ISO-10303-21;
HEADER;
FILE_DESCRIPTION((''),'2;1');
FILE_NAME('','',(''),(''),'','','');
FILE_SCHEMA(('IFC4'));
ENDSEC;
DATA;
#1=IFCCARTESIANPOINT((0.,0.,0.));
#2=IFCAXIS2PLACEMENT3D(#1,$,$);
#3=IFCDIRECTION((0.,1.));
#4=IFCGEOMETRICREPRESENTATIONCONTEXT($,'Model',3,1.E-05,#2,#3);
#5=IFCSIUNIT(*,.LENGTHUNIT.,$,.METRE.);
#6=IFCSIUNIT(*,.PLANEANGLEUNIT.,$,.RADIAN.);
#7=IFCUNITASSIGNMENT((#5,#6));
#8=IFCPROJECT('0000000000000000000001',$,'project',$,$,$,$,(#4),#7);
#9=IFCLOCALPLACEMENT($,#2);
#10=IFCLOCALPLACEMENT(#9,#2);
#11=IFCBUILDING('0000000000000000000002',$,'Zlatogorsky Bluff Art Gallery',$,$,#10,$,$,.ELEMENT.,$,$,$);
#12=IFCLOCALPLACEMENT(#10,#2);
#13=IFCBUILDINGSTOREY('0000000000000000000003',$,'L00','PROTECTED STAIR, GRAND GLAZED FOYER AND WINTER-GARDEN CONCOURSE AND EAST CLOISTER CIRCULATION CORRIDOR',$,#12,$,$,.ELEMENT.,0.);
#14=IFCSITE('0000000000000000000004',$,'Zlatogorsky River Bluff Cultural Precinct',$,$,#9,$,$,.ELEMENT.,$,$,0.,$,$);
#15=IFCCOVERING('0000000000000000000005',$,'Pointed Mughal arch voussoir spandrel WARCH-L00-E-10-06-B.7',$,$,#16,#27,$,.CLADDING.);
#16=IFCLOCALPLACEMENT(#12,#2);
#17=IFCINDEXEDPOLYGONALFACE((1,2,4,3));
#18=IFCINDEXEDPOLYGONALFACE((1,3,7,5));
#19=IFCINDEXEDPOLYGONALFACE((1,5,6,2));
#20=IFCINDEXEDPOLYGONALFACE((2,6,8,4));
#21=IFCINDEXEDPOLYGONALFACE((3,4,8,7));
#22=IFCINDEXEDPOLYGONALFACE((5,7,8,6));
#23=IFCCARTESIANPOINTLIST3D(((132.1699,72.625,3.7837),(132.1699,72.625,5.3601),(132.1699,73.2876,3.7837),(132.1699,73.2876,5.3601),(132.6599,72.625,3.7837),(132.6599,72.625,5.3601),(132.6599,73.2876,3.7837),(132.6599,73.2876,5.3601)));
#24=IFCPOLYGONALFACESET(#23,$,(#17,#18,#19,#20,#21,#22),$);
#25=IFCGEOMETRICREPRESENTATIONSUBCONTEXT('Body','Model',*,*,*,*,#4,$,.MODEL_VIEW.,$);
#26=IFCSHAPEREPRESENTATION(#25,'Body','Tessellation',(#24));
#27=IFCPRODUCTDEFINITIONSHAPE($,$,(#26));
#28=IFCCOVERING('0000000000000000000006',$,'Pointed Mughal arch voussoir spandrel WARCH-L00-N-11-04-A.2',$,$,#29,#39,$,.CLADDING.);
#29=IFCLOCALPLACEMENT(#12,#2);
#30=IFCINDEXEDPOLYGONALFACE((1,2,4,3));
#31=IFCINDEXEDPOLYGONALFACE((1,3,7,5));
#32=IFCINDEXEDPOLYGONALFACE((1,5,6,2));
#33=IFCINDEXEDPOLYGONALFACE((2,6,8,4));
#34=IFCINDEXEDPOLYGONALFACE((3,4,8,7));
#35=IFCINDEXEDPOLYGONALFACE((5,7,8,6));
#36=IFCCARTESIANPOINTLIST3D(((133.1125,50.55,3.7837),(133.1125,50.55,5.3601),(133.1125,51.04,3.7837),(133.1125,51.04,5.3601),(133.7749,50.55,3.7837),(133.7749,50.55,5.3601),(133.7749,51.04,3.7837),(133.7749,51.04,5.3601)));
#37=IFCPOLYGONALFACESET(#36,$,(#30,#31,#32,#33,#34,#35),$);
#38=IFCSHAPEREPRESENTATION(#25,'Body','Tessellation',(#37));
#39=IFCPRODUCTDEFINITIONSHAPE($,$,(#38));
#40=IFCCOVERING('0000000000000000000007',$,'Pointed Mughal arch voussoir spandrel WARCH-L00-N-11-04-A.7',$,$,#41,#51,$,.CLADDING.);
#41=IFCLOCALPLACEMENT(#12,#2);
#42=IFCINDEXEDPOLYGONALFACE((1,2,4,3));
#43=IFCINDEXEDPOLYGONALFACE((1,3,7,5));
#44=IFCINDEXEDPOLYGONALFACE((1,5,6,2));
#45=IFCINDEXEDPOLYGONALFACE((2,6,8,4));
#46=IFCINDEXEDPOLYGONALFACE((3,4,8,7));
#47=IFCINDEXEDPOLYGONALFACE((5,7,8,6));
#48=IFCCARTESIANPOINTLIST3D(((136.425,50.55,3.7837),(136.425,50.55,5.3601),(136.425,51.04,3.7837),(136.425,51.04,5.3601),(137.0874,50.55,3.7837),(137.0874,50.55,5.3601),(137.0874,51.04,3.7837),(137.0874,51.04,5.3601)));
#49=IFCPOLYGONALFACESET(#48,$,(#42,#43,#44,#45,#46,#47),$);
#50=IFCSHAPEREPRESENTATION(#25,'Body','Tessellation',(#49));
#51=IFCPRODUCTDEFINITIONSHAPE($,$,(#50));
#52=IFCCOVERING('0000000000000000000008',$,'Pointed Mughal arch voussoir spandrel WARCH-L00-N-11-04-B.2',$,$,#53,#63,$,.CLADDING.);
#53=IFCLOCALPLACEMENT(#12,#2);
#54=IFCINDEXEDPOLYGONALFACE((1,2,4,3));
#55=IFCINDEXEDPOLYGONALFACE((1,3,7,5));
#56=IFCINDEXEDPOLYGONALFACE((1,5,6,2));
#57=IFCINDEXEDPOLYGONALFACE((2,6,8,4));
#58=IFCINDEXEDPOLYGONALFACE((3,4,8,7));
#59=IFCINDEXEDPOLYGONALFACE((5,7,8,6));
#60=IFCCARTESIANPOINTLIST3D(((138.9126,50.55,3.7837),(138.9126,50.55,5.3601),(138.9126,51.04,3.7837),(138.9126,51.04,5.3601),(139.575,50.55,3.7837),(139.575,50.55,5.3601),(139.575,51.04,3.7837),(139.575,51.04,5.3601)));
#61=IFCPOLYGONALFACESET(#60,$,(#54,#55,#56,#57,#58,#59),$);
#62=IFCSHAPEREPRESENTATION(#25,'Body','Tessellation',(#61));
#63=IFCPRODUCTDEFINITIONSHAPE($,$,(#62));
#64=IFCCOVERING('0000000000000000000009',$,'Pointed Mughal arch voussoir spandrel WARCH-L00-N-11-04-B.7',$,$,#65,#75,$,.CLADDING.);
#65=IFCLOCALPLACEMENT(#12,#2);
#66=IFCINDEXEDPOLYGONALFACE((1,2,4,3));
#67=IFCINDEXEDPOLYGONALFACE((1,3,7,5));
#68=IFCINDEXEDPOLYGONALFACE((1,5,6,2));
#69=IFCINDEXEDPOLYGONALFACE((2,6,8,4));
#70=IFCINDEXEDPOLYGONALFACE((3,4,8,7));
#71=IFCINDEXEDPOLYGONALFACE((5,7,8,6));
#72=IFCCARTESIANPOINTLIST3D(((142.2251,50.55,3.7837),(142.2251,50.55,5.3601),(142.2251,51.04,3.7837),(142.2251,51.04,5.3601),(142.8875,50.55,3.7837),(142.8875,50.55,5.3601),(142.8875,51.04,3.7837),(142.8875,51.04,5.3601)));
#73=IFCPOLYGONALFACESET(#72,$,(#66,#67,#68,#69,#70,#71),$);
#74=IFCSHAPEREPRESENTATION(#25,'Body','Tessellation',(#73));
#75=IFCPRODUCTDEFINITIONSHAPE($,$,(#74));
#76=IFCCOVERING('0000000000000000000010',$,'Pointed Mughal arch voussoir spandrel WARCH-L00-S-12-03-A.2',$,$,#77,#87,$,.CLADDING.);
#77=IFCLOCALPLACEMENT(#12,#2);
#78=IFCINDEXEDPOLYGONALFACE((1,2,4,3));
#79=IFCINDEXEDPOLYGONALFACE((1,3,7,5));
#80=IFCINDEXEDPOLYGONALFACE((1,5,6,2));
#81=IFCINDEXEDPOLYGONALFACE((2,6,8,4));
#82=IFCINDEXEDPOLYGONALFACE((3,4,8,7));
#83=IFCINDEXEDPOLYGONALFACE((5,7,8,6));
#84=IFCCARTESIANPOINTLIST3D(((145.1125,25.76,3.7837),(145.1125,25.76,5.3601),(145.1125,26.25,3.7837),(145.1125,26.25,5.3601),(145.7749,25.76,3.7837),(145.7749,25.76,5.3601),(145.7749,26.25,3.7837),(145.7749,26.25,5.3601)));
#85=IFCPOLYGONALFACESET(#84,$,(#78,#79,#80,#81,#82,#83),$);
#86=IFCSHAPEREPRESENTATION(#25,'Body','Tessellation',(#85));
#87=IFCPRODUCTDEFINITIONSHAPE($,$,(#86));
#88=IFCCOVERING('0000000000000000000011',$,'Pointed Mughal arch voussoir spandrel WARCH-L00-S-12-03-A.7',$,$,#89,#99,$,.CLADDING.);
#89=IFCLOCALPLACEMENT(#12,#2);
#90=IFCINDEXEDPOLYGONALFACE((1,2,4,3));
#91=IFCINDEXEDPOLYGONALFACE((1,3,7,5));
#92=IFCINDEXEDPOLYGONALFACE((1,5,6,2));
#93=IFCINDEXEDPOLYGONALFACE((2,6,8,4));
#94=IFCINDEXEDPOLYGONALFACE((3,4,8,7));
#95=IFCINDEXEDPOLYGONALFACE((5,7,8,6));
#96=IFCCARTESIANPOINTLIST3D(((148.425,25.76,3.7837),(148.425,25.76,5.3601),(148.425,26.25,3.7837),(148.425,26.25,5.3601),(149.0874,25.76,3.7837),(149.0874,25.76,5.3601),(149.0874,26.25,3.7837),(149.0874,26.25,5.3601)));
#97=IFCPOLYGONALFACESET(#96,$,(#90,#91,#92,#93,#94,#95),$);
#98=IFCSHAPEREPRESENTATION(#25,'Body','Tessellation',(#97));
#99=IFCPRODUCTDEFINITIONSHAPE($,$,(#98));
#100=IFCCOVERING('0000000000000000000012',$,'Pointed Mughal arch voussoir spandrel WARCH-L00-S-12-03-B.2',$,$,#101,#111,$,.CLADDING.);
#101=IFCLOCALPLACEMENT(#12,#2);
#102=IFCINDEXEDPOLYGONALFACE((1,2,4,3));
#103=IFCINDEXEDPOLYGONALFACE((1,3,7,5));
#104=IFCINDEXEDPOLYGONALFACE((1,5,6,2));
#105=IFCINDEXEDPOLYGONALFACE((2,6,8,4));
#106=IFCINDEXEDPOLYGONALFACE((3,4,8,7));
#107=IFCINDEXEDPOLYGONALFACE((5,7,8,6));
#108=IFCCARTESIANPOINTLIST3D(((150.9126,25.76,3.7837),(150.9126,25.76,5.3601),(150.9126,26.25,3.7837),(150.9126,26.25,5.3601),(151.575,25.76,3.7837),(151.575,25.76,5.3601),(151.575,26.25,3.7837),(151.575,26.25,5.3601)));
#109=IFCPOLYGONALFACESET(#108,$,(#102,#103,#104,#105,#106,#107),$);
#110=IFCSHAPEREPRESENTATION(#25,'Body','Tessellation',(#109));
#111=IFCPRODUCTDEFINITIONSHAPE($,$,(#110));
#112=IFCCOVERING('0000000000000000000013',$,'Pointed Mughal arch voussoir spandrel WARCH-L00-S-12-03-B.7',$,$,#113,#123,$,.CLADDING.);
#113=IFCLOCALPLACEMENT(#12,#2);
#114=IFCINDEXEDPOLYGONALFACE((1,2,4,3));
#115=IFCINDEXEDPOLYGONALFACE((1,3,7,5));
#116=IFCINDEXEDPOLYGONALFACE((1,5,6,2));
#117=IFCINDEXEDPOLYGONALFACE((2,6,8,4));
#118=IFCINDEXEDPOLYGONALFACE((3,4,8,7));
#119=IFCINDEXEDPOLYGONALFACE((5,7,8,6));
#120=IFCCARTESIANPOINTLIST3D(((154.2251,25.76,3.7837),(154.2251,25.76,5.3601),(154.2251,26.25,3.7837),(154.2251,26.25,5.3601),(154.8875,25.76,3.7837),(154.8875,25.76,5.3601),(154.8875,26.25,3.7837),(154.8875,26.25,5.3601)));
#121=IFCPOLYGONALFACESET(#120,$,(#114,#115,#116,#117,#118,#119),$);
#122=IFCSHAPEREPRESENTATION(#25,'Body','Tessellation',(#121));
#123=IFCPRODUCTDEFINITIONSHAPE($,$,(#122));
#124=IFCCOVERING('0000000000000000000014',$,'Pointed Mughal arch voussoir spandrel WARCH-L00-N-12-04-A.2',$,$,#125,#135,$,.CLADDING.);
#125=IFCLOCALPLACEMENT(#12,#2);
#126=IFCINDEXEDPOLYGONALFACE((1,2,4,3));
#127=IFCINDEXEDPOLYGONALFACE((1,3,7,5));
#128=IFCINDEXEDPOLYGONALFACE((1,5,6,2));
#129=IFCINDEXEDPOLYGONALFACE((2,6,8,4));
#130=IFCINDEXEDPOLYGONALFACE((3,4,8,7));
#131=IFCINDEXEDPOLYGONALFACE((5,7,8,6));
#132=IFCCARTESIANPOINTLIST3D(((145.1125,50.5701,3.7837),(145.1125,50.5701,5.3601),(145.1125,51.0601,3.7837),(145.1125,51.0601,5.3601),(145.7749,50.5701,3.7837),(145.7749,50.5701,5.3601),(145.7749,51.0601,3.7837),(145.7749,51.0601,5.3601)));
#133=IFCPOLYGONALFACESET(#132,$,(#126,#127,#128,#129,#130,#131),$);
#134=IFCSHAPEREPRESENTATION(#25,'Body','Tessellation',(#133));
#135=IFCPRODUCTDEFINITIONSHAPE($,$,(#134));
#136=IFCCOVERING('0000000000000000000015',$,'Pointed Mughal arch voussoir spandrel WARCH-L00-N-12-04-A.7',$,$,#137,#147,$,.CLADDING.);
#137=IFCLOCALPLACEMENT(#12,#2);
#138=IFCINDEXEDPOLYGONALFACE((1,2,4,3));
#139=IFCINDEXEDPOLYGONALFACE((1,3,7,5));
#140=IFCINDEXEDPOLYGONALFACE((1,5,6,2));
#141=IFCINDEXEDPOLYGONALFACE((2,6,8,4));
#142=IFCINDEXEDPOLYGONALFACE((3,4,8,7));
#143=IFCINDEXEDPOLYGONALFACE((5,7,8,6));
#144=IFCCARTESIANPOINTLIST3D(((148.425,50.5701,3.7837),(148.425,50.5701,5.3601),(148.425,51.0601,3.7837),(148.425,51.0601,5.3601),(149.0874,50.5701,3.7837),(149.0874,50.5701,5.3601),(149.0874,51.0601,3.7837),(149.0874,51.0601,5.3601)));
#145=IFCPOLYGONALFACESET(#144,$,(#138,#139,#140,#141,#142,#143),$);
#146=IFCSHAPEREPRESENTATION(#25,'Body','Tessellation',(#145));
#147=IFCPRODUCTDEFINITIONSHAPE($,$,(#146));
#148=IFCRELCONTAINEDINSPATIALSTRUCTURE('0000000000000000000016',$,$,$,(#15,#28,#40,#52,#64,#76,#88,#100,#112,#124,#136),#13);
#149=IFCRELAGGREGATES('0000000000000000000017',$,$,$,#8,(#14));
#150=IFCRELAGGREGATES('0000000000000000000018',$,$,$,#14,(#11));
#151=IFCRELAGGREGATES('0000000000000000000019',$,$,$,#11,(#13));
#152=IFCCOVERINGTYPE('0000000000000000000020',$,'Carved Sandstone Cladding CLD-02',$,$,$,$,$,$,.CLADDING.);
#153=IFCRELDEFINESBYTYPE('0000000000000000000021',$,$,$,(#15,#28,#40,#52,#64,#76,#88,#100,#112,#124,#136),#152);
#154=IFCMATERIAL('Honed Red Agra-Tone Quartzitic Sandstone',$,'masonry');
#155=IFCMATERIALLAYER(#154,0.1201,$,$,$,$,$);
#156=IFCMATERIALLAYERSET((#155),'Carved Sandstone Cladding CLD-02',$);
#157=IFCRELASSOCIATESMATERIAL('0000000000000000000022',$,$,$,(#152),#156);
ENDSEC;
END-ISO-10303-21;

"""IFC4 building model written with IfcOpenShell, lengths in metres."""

from ifc_helpers import new_model, si_unit, direction, frame, origin, place, context, subcontext, project, spatial, polyline, outline, extrude, material, layer, layer_set, type_object, element, save


model = new_model("IFC4")

# Units and contexts
model_context = context("Model", 3, precision=1e-05, world=origin(), true_north=direction((0.0, 1.0)))
body_context = subcontext(model_context, "Body", "Model", "MODEL_VIEW")
ifc_project = project(units=[si_unit("LENGTHUNIT", "METRE"), si_unit("PLANEANGLEUNIT", "RADIAN")], contexts=[model_context])

# Site, building, storey
site_placement = place(None, origin())
site = spatial("IfcSite", under=ifc_project, at=site_placement, Name="Zlatogorsky River Bluff Cultural Precinct", CompositionType="ELEMENT", RefElevation=0.0)
building_placement = place(site_placement, origin())
building = spatial("IfcBuilding", under=site, at=building_placement, Name="Zlatogorsky Bluff Art Gallery", CompositionType="ELEMENT")
storey_placement = place(building_placement, origin())
storey = spatial("IfcBuildingStorey", under=building, at=storey_placement, Name="L00", Description="PROTECTED STAIR, GRAND GLAZED FOYER AND WINTER-GARDEN CONCOURSE AND EAST CLOISTER CIRCULATION CORRIDOR", CompositionType="ELEMENT", Elevation=0.0)

# Coverings
ifc_material = material(Name="Honed Red Agra-Tone Quartzitic Sandstone", Category="masonry")
ifc_layer = layer(ifc_material, 0.1201)
ifc_layer_set = layer_set([ifc_layer], Name="Carved Sandstone Cladding CLD-02")
covering_type = type_object("IfcCoveringType", Name="Carved Sandstone Cladding CLD-02", PredefinedType="CLADDING", material=ifc_layer_set)
covering_1_placement = place(storey_placement, frame((0.0, 0.0, 3.7837)))
element("IfcCovering", 1, at=covering_1_placement, inside=storey, type_object=covering_type, Name="Pointed Mughal arch voussoir spandrel WARCH-L00-E-10-06-B.7", PredefinedType="CLADDING", context=body_context, shape_type="SweptSolid", body=[
    extrude(outline(polyline([(132.1699, 72.625), (132.1699, 73.2876), (132.6599, 73.2876), (132.6599, 72.625), (132.1699, 72.625)])), origin(), (0.0, 0.0, 1.0), 1.5764),
])
covering_2_placement = place(storey_placement, frame((0.0, 0.0, 3.7837)))
element("IfcCovering", 2, at=covering_2_placement, inside=storey, type_object=covering_type, Name="Pointed Mughal arch voussoir spandrel WARCH-L00-N-11-04-A.2", PredefinedType="CLADDING", context=body_context, shape_type="SweptSolid", body=[
    extrude(outline(polyline([(133.1125, 50.55), (133.7749, 50.55), (133.7749, 51.04), (133.1125, 51.04), (133.1125, 50.55)])), origin(), (0.0, 0.0, 1.0), 1.5764),
])
covering_3_placement = place(storey_placement, frame((0.0, 0.0, 3.7837)))
element("IfcCovering", 3, at=covering_3_placement, inside=storey, type_object=covering_type, Name="Pointed Mughal arch voussoir spandrel WARCH-L00-N-11-04-A.7", PredefinedType="CLADDING", context=body_context, shape_type="SweptSolid", body=[
    extrude(outline(polyline([(136.425, 50.55), (137.0874, 50.55), (137.0874, 51.04), (136.425, 51.04), (136.425, 50.55)])), origin(), (0.0, 0.0, 1.0), 1.5764),
])
covering_4_placement = place(storey_placement, frame((0.0, 0.0, 3.7837)))
element("IfcCovering", 4, at=covering_4_placement, inside=storey, type_object=covering_type, Name="Pointed Mughal arch voussoir spandrel WARCH-L00-N-11-04-B.2", PredefinedType="CLADDING", context=body_context, shape_type="SweptSolid", body=[
    extrude(outline(polyline([(138.9126, 50.55), (139.575, 50.55), (139.575, 51.04), (138.9126, 51.04), (138.9126, 50.55)])), origin(), (0.0, 0.0, 1.0), 1.5764),
])
covering_5_placement = place(storey_placement, frame((0.0, 0.0, 3.7837)))
element("IfcCovering", 5, at=covering_5_placement, inside=storey, type_object=covering_type, Name="Pointed Mughal arch voussoir spandrel WARCH-L00-N-11-04-B.7", PredefinedType="CLADDING", context=body_context, shape_type="SweptSolid", body=[
    extrude(outline(polyline([(142.2251, 50.55), (142.8875, 50.55), (142.8875, 51.04), (142.2251, 51.04), (142.2251, 50.55)])), origin(), (0.0, 0.0, 1.0), 1.5764),
])
covering_6_placement = place(storey_placement, frame((0.0, 0.0, 3.7837)))
element("IfcCovering", 6, at=covering_6_placement, inside=storey, type_object=covering_type, Name="Pointed Mughal arch voussoir spandrel WARCH-L00-S-12-03-A.2", PredefinedType="CLADDING", context=body_context, shape_type="SweptSolid", body=[
    extrude(outline(polyline([(145.1125, 25.76), (145.7749, 25.76), (145.7749, 26.25), (145.1125, 26.25), (145.1125, 25.76)])), origin(), (0.0, 0.0, 1.0), 1.5764),
])
covering_7_placement = place(storey_placement, frame((0.0, 0.0, 3.7837)))
element("IfcCovering", 7, at=covering_7_placement, inside=storey, type_object=covering_type, Name="Pointed Mughal arch voussoir spandrel WARCH-L00-S-12-03-A.7", PredefinedType="CLADDING", context=body_context, shape_type="SweptSolid", body=[
    extrude(outline(polyline([(148.425, 25.76), (149.0874, 25.76), (149.0874, 26.25), (148.425, 26.25), (148.425, 25.76)])), origin(), (0.0, 0.0, 1.0), 1.5764),
])
covering_8_placement = place(storey_placement, frame((0.0, 0.0, 3.7837)))
element("IfcCovering", 8, at=covering_8_placement, inside=storey, type_object=covering_type, Name="Pointed Mughal arch voussoir spandrel WARCH-L00-S-12-03-B.2", PredefinedType="CLADDING", context=body_context, shape_type="SweptSolid", body=[
    extrude(outline(polyline([(150.9126, 25.76), (151.575, 25.76), (151.575, 26.25), (150.9126, 26.25), (150.9126, 25.76)])), origin(), (0.0, 0.0, 1.0), 1.5764),
])
covering_9_placement = place(storey_placement, frame((0.0, 0.0, 3.7837)))
element("IfcCovering", 9, at=covering_9_placement, inside=storey, type_object=covering_type, Name="Pointed Mughal arch voussoir spandrel WARCH-L00-S-12-03-B.7", PredefinedType="CLADDING", context=body_context, shape_type="SweptSolid", body=[
    extrude(outline(polyline([(154.2251, 25.76), (154.8875, 25.76), (154.8875, 26.25), (154.2251, 26.25), (154.2251, 25.76)])), origin(), (0.0, 0.0, 1.0), 1.5764),
])
covering_10_placement = place(storey_placement, frame((0.0, 0.0, 3.7837)))
element("IfcCovering", 10, at=covering_10_placement, inside=storey, type_object=covering_type, Name="Pointed Mughal arch voussoir spandrel WARCH-L00-N-12-04-A.2", PredefinedType="CLADDING", context=body_context, shape_type="SweptSolid", body=[
    extrude(outline(polyline([(145.1125, 50.5701), (145.7749, 50.5701), (145.7749, 51.0601), (145.1125, 51.0601), (145.1125, 50.5701)])), origin(), (0.0, 0.0, 1.0), 1.5764),
])
covering_11_placement = place(storey_placement, frame((0.0, 0.0, 3.7837)))
element("IfcCovering", 11, at=covering_11_placement, inside=storey, type_object=covering_type, Name="Pointed Mughal arch voussoir spandrel WARCH-L00-N-12-04-A.7", PredefinedType="CLADDING", context=body_context, shape_type="SweptSolid", body=[
    extrude(outline(polyline([(148.425, 50.5701), (149.0874, 50.5701), (149.0874, 51.0601), (148.425, 51.0601), (148.425, 50.5701)])), origin(), (0.0, 0.0, 1.0), 1.5764),
])

save(model, "model.ifc")
